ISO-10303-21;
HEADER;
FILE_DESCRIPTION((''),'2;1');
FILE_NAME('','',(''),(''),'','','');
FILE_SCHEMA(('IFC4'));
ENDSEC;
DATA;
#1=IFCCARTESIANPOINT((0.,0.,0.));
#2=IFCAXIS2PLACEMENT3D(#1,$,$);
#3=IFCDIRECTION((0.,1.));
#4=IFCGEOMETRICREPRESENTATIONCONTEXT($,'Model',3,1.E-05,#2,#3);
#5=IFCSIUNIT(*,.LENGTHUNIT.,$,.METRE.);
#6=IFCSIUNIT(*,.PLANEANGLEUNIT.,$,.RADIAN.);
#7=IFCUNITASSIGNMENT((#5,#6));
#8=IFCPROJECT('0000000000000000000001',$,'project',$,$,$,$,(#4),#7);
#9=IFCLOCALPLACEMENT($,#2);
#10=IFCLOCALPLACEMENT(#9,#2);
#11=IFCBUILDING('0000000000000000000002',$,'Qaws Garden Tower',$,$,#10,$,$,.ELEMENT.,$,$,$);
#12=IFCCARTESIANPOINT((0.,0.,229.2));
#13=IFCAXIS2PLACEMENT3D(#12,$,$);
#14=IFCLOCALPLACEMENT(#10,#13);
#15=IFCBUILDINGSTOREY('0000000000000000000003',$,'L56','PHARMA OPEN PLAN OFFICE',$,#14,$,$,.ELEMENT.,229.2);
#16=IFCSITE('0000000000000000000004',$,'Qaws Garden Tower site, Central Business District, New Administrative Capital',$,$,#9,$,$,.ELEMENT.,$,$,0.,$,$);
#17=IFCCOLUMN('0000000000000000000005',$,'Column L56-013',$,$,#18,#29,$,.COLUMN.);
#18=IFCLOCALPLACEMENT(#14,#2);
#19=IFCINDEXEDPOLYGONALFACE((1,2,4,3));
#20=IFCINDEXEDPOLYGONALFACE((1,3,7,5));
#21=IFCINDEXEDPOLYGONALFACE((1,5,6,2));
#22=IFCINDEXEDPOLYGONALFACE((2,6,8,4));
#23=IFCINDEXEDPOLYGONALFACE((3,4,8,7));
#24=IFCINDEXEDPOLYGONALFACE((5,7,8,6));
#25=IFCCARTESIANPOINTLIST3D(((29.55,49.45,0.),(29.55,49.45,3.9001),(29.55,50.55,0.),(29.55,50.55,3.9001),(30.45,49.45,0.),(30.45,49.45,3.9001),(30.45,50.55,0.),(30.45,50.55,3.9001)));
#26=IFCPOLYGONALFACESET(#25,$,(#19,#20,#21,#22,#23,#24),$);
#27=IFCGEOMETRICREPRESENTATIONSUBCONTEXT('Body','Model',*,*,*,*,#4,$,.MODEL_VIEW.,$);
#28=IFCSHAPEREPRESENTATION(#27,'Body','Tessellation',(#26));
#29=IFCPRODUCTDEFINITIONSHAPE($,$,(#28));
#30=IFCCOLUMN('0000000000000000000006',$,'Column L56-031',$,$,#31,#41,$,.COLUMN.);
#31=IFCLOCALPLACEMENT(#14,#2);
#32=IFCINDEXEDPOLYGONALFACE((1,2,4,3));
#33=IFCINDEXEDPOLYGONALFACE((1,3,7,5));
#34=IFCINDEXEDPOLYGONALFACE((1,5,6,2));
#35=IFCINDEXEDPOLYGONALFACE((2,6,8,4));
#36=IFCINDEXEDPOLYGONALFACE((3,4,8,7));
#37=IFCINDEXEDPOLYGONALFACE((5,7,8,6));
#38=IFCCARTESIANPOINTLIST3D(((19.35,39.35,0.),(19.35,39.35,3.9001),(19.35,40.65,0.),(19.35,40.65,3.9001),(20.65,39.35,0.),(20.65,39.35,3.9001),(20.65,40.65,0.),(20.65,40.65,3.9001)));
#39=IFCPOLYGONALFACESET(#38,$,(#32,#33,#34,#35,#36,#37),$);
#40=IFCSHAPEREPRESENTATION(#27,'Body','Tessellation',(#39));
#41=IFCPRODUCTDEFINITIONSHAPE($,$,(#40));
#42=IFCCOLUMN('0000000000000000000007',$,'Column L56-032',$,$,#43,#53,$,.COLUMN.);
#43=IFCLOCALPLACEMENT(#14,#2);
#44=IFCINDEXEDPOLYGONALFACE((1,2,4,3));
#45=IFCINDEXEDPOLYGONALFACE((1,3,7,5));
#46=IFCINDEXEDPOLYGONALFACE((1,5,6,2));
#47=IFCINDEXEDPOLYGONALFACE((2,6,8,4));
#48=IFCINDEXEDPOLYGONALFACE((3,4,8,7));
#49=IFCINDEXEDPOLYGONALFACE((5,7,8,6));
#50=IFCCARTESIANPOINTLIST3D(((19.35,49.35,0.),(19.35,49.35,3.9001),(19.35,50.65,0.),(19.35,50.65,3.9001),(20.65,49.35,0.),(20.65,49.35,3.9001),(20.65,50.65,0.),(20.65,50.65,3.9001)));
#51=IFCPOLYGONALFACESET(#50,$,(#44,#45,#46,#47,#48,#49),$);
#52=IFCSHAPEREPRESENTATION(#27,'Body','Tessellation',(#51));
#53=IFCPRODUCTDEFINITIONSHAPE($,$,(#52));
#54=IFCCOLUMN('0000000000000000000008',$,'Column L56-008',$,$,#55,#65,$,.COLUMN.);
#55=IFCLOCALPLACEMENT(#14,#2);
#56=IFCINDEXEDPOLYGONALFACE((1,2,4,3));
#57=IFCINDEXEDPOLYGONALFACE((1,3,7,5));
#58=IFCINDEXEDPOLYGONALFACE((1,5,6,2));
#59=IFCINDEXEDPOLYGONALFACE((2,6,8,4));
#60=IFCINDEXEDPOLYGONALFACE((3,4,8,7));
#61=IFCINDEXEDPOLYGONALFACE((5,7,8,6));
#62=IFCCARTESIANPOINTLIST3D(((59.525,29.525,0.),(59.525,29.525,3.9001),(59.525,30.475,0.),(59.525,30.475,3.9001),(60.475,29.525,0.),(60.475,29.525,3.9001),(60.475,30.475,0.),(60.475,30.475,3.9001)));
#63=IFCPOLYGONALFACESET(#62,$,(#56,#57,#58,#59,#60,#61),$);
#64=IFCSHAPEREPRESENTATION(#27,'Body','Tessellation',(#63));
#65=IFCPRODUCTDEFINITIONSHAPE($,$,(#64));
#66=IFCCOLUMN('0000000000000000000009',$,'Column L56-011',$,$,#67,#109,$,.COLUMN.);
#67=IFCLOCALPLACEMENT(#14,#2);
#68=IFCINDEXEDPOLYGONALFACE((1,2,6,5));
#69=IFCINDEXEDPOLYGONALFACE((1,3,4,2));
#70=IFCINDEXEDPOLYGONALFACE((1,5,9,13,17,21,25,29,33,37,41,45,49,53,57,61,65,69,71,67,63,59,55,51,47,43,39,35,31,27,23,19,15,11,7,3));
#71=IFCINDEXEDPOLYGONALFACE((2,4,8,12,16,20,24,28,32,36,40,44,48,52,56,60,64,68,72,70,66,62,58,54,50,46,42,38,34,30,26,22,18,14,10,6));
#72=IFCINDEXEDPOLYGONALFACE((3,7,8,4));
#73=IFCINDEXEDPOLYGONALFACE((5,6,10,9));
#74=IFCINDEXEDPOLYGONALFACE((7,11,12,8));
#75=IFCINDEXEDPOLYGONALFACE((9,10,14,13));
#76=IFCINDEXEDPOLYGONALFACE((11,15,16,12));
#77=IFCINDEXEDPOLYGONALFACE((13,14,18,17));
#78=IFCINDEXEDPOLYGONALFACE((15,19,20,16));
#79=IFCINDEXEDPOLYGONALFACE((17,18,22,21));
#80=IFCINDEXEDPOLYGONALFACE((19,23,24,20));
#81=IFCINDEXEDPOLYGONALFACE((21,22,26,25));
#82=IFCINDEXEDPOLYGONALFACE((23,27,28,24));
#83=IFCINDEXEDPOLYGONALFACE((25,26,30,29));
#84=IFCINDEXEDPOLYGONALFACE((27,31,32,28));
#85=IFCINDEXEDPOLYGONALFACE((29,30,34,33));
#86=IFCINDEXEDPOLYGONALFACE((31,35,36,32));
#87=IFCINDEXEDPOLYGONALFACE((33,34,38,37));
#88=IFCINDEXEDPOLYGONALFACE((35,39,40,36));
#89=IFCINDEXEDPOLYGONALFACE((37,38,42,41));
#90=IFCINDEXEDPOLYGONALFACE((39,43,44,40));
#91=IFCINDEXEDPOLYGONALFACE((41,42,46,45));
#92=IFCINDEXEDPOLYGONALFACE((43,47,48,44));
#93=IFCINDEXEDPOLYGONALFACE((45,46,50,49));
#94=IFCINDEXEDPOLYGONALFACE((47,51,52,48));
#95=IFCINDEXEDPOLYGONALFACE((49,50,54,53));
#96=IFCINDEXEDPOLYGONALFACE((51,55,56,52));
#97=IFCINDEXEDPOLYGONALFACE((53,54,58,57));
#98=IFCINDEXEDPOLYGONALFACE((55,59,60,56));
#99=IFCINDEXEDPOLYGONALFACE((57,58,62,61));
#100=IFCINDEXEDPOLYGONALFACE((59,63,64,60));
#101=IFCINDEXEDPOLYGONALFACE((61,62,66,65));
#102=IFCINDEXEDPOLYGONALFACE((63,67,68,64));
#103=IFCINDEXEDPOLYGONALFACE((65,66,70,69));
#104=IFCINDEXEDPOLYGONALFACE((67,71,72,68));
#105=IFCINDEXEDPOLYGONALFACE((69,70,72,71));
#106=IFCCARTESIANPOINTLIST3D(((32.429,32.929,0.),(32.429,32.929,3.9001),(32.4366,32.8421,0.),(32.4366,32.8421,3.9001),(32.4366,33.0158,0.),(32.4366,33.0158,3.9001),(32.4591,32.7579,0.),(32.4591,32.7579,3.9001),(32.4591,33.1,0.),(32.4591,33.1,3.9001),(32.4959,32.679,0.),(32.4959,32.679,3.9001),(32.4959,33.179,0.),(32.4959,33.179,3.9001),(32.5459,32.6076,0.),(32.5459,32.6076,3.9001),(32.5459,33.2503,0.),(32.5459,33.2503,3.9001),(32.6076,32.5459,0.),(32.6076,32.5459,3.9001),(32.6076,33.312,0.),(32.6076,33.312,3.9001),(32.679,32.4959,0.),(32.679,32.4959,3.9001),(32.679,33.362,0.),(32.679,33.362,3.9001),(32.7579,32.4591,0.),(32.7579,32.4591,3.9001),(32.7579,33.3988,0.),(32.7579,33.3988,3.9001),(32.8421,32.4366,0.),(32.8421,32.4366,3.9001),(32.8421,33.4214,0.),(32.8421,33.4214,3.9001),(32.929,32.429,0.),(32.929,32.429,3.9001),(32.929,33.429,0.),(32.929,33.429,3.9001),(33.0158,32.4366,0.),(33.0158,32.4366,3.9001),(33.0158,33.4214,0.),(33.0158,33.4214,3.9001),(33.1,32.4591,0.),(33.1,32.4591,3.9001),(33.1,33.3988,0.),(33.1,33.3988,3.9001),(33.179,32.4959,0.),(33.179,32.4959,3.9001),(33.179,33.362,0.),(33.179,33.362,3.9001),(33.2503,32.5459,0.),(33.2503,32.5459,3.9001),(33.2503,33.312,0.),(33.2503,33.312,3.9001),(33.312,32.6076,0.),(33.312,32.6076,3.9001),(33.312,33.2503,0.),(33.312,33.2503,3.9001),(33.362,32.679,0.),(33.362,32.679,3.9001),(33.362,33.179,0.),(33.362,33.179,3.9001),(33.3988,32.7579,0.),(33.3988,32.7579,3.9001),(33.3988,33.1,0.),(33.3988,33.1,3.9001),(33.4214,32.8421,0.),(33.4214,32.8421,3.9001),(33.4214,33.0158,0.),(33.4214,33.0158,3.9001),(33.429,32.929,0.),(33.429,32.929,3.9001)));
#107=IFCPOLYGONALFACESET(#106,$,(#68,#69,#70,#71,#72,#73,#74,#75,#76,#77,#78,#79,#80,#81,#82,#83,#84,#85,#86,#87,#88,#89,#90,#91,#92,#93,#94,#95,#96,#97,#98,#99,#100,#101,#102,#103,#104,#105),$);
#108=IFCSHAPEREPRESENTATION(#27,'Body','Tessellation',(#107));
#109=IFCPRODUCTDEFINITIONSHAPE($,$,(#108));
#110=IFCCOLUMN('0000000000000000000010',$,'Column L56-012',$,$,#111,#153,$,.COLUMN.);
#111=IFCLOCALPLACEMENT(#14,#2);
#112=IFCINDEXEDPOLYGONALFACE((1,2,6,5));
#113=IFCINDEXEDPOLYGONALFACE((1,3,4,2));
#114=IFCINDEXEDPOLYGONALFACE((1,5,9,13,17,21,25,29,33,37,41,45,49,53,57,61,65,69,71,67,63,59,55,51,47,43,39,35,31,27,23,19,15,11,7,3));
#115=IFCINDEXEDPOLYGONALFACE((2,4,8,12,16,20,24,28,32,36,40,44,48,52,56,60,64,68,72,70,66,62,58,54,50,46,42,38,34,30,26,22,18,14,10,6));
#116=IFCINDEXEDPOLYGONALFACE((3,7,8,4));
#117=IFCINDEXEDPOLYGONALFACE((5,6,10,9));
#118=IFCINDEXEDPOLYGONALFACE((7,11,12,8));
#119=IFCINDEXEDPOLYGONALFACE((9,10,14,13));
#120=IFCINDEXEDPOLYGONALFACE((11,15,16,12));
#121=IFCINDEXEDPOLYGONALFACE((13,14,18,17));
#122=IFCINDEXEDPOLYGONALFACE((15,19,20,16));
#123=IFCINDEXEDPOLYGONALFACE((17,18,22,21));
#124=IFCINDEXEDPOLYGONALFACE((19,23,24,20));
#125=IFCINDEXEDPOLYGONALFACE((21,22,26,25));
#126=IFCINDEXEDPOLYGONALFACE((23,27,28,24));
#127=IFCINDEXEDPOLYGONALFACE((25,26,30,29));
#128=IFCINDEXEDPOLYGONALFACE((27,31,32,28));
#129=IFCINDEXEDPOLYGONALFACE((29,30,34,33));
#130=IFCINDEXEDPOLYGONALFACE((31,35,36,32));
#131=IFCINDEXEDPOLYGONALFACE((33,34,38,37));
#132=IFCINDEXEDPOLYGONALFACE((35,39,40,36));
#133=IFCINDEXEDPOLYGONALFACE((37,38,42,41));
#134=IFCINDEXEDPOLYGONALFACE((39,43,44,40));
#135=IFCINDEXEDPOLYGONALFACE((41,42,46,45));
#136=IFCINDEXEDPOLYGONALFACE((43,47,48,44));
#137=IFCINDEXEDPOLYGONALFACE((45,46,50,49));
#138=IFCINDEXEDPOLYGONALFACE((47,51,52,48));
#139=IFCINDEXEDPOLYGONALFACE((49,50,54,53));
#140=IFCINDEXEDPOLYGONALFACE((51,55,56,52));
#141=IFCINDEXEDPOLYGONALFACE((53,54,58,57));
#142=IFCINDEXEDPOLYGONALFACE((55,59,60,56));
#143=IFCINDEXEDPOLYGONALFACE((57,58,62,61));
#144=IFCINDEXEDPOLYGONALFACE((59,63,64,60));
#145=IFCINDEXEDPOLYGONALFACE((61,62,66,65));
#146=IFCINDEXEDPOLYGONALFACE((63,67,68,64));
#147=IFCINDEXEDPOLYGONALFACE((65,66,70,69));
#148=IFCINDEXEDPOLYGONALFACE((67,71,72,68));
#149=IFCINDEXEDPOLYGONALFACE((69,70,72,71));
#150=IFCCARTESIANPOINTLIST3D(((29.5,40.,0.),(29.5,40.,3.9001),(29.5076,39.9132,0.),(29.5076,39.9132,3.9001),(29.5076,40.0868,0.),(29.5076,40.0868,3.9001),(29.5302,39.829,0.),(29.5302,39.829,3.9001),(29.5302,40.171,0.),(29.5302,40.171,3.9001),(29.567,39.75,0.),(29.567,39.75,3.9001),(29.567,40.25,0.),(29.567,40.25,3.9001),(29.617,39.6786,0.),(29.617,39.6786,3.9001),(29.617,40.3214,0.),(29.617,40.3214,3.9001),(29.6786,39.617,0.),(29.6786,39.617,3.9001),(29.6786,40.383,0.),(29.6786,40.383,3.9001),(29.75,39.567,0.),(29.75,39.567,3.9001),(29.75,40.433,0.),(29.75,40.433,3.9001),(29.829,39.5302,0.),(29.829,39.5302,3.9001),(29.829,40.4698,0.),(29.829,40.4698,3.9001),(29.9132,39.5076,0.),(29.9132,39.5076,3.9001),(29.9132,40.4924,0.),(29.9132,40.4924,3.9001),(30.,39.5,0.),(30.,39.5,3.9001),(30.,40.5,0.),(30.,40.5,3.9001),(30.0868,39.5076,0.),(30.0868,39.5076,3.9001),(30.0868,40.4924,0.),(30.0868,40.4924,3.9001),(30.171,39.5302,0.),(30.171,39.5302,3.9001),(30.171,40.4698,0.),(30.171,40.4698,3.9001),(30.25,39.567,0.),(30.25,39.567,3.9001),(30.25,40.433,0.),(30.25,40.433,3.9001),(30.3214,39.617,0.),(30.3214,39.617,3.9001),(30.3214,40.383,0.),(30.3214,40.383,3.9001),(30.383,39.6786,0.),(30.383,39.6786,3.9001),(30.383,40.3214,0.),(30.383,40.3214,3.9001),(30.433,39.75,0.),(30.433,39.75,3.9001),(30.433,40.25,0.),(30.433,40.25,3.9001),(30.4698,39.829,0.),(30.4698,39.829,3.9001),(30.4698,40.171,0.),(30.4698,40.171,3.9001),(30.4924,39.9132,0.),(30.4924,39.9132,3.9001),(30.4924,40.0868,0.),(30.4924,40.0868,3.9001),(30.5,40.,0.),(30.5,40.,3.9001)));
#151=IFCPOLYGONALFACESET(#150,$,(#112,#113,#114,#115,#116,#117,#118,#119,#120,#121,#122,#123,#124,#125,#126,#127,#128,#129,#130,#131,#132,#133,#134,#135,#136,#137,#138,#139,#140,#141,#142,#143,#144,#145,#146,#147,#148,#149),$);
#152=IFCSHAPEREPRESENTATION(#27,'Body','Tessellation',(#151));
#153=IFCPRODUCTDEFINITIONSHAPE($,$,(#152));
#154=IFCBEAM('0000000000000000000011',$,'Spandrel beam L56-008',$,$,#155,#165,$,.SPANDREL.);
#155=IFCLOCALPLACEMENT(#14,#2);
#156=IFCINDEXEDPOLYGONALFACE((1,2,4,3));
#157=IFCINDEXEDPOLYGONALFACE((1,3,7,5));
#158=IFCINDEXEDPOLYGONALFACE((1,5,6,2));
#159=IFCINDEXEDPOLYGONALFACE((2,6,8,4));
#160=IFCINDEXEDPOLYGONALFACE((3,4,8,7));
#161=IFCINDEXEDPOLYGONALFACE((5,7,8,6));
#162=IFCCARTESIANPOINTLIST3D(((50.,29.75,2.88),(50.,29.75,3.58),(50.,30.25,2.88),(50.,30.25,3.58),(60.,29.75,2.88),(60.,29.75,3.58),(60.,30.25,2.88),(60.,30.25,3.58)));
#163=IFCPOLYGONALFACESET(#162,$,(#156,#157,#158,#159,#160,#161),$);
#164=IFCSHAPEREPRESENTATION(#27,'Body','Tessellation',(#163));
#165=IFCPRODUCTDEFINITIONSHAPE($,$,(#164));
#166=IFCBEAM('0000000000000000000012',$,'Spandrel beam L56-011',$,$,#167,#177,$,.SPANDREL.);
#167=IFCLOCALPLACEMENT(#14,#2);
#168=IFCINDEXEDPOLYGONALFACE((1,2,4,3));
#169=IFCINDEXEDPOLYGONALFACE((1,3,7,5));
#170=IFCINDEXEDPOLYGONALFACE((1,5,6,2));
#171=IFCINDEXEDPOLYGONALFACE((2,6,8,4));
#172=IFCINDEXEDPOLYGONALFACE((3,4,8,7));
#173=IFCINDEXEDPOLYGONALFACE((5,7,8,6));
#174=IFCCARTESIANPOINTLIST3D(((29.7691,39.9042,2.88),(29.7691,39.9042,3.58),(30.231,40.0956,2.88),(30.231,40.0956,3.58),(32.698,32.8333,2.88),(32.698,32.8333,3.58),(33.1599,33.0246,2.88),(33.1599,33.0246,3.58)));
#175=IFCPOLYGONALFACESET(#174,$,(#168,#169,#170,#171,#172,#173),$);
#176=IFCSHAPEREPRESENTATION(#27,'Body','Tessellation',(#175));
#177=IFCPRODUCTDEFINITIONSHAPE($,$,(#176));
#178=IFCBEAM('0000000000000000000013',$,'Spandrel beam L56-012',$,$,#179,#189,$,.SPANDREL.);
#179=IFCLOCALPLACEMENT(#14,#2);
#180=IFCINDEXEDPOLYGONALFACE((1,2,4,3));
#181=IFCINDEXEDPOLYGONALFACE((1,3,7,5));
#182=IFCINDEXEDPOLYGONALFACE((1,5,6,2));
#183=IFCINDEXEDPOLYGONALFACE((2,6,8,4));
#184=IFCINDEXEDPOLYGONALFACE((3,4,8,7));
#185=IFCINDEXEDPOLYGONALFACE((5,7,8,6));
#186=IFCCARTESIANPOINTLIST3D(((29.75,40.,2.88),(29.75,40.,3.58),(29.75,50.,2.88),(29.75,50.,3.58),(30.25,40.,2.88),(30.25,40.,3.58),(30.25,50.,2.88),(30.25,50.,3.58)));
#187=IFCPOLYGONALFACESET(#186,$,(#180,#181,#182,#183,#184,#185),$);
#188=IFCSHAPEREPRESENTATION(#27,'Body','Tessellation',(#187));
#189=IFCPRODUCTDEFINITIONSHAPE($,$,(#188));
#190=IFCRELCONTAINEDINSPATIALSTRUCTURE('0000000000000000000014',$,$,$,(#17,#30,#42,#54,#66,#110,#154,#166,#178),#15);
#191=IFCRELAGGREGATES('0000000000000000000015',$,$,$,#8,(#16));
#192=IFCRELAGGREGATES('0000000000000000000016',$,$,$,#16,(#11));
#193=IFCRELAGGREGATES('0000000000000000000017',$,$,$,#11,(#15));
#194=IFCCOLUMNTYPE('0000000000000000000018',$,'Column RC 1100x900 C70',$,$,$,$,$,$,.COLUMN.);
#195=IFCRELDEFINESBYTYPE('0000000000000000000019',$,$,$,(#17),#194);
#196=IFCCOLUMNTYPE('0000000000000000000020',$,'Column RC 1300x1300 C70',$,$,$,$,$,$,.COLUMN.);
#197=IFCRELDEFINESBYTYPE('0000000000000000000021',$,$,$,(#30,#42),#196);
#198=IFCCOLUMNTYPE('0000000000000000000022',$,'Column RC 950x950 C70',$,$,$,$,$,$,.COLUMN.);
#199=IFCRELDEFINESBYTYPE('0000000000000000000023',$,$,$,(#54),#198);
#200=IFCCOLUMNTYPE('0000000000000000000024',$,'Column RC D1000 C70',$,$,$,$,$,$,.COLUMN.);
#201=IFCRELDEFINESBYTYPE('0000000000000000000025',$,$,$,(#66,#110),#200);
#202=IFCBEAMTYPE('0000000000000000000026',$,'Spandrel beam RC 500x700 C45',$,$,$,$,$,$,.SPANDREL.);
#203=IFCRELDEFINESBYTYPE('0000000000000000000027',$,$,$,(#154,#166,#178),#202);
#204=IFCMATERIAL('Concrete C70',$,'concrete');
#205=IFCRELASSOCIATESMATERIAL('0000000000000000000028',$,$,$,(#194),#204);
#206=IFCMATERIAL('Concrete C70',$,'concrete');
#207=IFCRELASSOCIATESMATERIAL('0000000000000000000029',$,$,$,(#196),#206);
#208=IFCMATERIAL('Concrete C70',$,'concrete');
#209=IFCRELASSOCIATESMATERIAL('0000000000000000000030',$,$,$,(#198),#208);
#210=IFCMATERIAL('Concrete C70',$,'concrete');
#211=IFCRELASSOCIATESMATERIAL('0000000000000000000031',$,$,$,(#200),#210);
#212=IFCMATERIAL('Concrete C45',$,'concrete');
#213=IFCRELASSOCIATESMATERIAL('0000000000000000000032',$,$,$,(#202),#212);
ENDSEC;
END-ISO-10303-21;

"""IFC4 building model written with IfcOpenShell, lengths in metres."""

from ifc_helpers import new_model, si_unit, direction, frame, origin, origin_2d, place, context, subcontext, project, spatial, rectangle, circle, extrude, material, material_profile, profile_set, type_object, element, save


model = new_model("IFC4")

# Units and contexts
model_context = context("Model", 3, precision=1e-05, world=origin(), true_north=direction((0.0, 1.0)))
body_context = subcontext(model_context, "Body", "Model", "MODEL_VIEW")
ifc_project = project(units=[si_unit("LENGTHUNIT", "METRE"), si_unit("PLANEANGLEUNIT", "RADIAN")], contexts=[model_context])

# Site, building, storey
site_placement = place(None, origin())
site = spatial("IfcSite", under=ifc_project, at=site_placement, Name="Qaws Garden Tower site, Central Business District, New Administrative Capital", CompositionType="ELEMENT", RefElevation=0.0)
building_placement = place(site_placement, origin())
building = spatial("IfcBuilding", under=site, at=building_placement, Name="Qaws Garden Tower", CompositionType="ELEMENT")
storey_placement = place(building_placement, frame((0.0, 0.0, 229.2)))
storey = spatial("IfcBuildingStorey", under=building, at=storey_placement, Name="L56", Description="PHARMA OPEN PLAN OFFICE", CompositionType="ELEMENT", Elevation=229.2)

# Columns
ifc_material_1 = material(Name="Concrete C70", Category="concrete")
ifc_material_profile_1 = material_profile(ifc_material_1, rectangle(XDim=1.1001, YDim=0.8999, at=origin_2d()), Name="RC 1100x900")
ifc_profile_set_1 = profile_set([ifc_material_profile_1], Name="Concrete C70")
column_type_1 = type_object("IfcColumnType", Name="Column RC 1100x900 C70", PredefinedType="COLUMN", material=ifc_profile_set_1)
column_1_placement = place(storey_placement, frame((30.0, 50.0, 0.0), z_axis=(0.0, 0.0, 1.0), x_axis=(0.0, 1.0, 0.0)))
element("IfcColumn", 1, at=column_1_placement, inside=storey, type_object=column_type_1, Name="Column L56-013", PredefinedType="COLUMN", context=body_context, shape_type="SweptSolid", body=[
    extrude(rectangle(XDim=1.1001, YDim=0.8999, at=origin_2d()), origin(), (0.0, 0.0, 1.0), 3.9001),
])
ifc_material_2 = material(Name="Concrete C70", Category="concrete")
ifc_material_profile_2 = material_profile(ifc_material_2, rectangle(XDim=1.3, YDim=1.3, at=origin_2d()), Name="RC 1300x1300")
ifc_profile_set_2 = profile_set([ifc_material_profile_2], Name="Concrete C70")
column_type_2 = type_object("IfcColumnType", Name="Column RC 1300x1300 C70", PredefinedType="COLUMN", material=ifc_profile_set_2)
for number, where, z_axis, x_axis, name in (
    (2, (20.0, 40.0, 0.0), (0.0, 0.0, 1.0), (1.0, 0.0, 0.0), "Column L56-031"),
    (3, (20.0, 50.0, 0.0), (0.0, 0.0, 1.0), (1.0, 0.0, 0.0), "Column L56-032"),
):
    element("IfcColumn", number, at=place(storey_placement, frame(where, z_axis=z_axis, x_axis=x_axis)), inside=storey, type_object=column_type_2, Name=name, PredefinedType="COLUMN", context=body_context, shape_type="SweptSolid", body=[
        extrude(rectangle(XDim=1.3, YDim=1.3, at=origin_2d()), origin(), (0.0, 0.0, 1.0), 3.9001),
    ])
ifc_material_3 = material(Name="Concrete C70", Category="concrete")
ifc_material_profile_3 = material_profile(ifc_material_3, rectangle(XDim=0.95, YDim=0.95, at=origin_2d()), Name="RC 950x950")
ifc_profile_set_3 = profile_set([ifc_material_profile_3], Name="Concrete C70")
column_type_3 = type_object("IfcColumnType", Name="Column RC 950x950 C70", PredefinedType="COLUMN", material=ifc_profile_set_3)
column_2_placement = place(storey_placement, frame((60.0, 30.0, 0.0), z_axis=(0.0, 0.0, 1.0), x_axis=(1.0, 0.0, 0.0)))
element("IfcColumn", 4, at=column_2_placement, inside=storey, type_object=column_type_3, Name="Column L56-008", PredefinedType="COLUMN", context=body_context, shape_type="SweptSolid", body=[
    extrude(rectangle(XDim=0.95, YDim=0.95, at=origin_2d()), origin(), (0.0, 0.0, 1.0), 3.9001),
])
ifc_material_4 = material(Name="Concrete C70", Category="concrete")
ifc_material_profile_4 = material_profile(ifc_material_4, circle(Radius=0.5, at=origin_2d()), Name="RC D1000")
ifc_profile_set_4 = profile_set([ifc_material_profile_4], Name="Concrete C70")
column_type_4 = type_object("IfcColumnType", Name="Column RC D1000 C70", PredefinedType="COLUMN", material=ifc_profile_set_4)
for number, where, z_axis, x_axis, name in (
    (5, (32.929, 32.929, 0.0), (0.0, 0.0, 1.0), (1.0, 0.0, 0.0), "Column L56-011"),
    (6, (30.0, 40.0, 0.0), (0.0, 0.0, 1.0), (1.0, 0.0, 0.0), "Column L56-012"),
):
    element("IfcColumn", number, at=place(storey_placement, frame(where, z_axis=z_axis, x_axis=x_axis)), inside=storey, type_object=column_type_4, Name=name, PredefinedType="COLUMN", context=body_context, shape_type="SweptSolid", body=[
        extrude(circle(Radius=0.5, at=origin_2d()), origin(), (0.0, 0.0, 1.0), 3.9001),
    ])

# Beams
ifc_material_5 = material(Name="Concrete C45", Category="concrete")
ifc_material_profile_5 = material_profile(ifc_material_5, rectangle(XDim=0.5, YDim=0.7, at=origin_2d()), Name="RC 500x700")
ifc_profile_set_5 = profile_set([ifc_material_profile_5], Name="Concrete C45")
beam_type = type_object("IfcBeamType", Name="Spandrel beam RC 500x700 C45", PredefinedType="SPANDREL", material=ifc_profile_set_5)
beam_1_placement = place(storey_placement, frame((60.0, 30.0, 3.23), z_axis=(-1.0, 0.0, 0.0), x_axis=(0.0, -1.0, 0.0)))
element("IfcBeam", 7, at=beam_1_placement, inside=storey, type_object=beam_type, Name="Spandrel beam L56-008", PredefinedType="SPANDREL", context=body_context, shape_type="SweptSolid", body=[
    extrude(rectangle(XDim=0.5, YDim=0.7, at=origin_2d()), origin(), (0.0, 0.0, 1.0), 10.0),
])
beam_2_placement = place(storey_placement, frame((32.929, 32.929, 3.23), z_axis=(-0.382687, 0.923878, 0.0), x_axis=(-0.923878, -0.382687, 0.0)))
element("IfcBeam", 8, at=beam_2_placement, inside=storey, type_object=beam_type, Name="Spandrel beam L56-011", PredefinedType="SPANDREL", context=body_context, shape_type="SweptSolid", body=[
    extrude(rectangle(XDim=0.5, YDim=0.7, at=origin_2d()), origin(), (0.0, 0.0, 1.0), 7.6536),
])
for number, where, z_axis, x_axis, name in (
    (9, (30.0, 40.0, 3.23), (0.0, 1.0, 0.0), (-1.0, 0.0, 0.0), "Spandrel beam L56-012"),
):
    element("IfcBeam", number, at=place(storey_placement, frame(where, z_axis=z_axis, x_axis=x_axis)), inside=storey, type_object=beam_type, Name=name, PredefinedType="SPANDREL", context=body_context, shape_type="SweptSolid", body=[
        extrude(rectangle(XDim=0.5, YDim=0.7, at=origin_2d()), origin(), (0.0, 0.0, 1.0), 10.0),
    ])

save(model, "model.ifc")
